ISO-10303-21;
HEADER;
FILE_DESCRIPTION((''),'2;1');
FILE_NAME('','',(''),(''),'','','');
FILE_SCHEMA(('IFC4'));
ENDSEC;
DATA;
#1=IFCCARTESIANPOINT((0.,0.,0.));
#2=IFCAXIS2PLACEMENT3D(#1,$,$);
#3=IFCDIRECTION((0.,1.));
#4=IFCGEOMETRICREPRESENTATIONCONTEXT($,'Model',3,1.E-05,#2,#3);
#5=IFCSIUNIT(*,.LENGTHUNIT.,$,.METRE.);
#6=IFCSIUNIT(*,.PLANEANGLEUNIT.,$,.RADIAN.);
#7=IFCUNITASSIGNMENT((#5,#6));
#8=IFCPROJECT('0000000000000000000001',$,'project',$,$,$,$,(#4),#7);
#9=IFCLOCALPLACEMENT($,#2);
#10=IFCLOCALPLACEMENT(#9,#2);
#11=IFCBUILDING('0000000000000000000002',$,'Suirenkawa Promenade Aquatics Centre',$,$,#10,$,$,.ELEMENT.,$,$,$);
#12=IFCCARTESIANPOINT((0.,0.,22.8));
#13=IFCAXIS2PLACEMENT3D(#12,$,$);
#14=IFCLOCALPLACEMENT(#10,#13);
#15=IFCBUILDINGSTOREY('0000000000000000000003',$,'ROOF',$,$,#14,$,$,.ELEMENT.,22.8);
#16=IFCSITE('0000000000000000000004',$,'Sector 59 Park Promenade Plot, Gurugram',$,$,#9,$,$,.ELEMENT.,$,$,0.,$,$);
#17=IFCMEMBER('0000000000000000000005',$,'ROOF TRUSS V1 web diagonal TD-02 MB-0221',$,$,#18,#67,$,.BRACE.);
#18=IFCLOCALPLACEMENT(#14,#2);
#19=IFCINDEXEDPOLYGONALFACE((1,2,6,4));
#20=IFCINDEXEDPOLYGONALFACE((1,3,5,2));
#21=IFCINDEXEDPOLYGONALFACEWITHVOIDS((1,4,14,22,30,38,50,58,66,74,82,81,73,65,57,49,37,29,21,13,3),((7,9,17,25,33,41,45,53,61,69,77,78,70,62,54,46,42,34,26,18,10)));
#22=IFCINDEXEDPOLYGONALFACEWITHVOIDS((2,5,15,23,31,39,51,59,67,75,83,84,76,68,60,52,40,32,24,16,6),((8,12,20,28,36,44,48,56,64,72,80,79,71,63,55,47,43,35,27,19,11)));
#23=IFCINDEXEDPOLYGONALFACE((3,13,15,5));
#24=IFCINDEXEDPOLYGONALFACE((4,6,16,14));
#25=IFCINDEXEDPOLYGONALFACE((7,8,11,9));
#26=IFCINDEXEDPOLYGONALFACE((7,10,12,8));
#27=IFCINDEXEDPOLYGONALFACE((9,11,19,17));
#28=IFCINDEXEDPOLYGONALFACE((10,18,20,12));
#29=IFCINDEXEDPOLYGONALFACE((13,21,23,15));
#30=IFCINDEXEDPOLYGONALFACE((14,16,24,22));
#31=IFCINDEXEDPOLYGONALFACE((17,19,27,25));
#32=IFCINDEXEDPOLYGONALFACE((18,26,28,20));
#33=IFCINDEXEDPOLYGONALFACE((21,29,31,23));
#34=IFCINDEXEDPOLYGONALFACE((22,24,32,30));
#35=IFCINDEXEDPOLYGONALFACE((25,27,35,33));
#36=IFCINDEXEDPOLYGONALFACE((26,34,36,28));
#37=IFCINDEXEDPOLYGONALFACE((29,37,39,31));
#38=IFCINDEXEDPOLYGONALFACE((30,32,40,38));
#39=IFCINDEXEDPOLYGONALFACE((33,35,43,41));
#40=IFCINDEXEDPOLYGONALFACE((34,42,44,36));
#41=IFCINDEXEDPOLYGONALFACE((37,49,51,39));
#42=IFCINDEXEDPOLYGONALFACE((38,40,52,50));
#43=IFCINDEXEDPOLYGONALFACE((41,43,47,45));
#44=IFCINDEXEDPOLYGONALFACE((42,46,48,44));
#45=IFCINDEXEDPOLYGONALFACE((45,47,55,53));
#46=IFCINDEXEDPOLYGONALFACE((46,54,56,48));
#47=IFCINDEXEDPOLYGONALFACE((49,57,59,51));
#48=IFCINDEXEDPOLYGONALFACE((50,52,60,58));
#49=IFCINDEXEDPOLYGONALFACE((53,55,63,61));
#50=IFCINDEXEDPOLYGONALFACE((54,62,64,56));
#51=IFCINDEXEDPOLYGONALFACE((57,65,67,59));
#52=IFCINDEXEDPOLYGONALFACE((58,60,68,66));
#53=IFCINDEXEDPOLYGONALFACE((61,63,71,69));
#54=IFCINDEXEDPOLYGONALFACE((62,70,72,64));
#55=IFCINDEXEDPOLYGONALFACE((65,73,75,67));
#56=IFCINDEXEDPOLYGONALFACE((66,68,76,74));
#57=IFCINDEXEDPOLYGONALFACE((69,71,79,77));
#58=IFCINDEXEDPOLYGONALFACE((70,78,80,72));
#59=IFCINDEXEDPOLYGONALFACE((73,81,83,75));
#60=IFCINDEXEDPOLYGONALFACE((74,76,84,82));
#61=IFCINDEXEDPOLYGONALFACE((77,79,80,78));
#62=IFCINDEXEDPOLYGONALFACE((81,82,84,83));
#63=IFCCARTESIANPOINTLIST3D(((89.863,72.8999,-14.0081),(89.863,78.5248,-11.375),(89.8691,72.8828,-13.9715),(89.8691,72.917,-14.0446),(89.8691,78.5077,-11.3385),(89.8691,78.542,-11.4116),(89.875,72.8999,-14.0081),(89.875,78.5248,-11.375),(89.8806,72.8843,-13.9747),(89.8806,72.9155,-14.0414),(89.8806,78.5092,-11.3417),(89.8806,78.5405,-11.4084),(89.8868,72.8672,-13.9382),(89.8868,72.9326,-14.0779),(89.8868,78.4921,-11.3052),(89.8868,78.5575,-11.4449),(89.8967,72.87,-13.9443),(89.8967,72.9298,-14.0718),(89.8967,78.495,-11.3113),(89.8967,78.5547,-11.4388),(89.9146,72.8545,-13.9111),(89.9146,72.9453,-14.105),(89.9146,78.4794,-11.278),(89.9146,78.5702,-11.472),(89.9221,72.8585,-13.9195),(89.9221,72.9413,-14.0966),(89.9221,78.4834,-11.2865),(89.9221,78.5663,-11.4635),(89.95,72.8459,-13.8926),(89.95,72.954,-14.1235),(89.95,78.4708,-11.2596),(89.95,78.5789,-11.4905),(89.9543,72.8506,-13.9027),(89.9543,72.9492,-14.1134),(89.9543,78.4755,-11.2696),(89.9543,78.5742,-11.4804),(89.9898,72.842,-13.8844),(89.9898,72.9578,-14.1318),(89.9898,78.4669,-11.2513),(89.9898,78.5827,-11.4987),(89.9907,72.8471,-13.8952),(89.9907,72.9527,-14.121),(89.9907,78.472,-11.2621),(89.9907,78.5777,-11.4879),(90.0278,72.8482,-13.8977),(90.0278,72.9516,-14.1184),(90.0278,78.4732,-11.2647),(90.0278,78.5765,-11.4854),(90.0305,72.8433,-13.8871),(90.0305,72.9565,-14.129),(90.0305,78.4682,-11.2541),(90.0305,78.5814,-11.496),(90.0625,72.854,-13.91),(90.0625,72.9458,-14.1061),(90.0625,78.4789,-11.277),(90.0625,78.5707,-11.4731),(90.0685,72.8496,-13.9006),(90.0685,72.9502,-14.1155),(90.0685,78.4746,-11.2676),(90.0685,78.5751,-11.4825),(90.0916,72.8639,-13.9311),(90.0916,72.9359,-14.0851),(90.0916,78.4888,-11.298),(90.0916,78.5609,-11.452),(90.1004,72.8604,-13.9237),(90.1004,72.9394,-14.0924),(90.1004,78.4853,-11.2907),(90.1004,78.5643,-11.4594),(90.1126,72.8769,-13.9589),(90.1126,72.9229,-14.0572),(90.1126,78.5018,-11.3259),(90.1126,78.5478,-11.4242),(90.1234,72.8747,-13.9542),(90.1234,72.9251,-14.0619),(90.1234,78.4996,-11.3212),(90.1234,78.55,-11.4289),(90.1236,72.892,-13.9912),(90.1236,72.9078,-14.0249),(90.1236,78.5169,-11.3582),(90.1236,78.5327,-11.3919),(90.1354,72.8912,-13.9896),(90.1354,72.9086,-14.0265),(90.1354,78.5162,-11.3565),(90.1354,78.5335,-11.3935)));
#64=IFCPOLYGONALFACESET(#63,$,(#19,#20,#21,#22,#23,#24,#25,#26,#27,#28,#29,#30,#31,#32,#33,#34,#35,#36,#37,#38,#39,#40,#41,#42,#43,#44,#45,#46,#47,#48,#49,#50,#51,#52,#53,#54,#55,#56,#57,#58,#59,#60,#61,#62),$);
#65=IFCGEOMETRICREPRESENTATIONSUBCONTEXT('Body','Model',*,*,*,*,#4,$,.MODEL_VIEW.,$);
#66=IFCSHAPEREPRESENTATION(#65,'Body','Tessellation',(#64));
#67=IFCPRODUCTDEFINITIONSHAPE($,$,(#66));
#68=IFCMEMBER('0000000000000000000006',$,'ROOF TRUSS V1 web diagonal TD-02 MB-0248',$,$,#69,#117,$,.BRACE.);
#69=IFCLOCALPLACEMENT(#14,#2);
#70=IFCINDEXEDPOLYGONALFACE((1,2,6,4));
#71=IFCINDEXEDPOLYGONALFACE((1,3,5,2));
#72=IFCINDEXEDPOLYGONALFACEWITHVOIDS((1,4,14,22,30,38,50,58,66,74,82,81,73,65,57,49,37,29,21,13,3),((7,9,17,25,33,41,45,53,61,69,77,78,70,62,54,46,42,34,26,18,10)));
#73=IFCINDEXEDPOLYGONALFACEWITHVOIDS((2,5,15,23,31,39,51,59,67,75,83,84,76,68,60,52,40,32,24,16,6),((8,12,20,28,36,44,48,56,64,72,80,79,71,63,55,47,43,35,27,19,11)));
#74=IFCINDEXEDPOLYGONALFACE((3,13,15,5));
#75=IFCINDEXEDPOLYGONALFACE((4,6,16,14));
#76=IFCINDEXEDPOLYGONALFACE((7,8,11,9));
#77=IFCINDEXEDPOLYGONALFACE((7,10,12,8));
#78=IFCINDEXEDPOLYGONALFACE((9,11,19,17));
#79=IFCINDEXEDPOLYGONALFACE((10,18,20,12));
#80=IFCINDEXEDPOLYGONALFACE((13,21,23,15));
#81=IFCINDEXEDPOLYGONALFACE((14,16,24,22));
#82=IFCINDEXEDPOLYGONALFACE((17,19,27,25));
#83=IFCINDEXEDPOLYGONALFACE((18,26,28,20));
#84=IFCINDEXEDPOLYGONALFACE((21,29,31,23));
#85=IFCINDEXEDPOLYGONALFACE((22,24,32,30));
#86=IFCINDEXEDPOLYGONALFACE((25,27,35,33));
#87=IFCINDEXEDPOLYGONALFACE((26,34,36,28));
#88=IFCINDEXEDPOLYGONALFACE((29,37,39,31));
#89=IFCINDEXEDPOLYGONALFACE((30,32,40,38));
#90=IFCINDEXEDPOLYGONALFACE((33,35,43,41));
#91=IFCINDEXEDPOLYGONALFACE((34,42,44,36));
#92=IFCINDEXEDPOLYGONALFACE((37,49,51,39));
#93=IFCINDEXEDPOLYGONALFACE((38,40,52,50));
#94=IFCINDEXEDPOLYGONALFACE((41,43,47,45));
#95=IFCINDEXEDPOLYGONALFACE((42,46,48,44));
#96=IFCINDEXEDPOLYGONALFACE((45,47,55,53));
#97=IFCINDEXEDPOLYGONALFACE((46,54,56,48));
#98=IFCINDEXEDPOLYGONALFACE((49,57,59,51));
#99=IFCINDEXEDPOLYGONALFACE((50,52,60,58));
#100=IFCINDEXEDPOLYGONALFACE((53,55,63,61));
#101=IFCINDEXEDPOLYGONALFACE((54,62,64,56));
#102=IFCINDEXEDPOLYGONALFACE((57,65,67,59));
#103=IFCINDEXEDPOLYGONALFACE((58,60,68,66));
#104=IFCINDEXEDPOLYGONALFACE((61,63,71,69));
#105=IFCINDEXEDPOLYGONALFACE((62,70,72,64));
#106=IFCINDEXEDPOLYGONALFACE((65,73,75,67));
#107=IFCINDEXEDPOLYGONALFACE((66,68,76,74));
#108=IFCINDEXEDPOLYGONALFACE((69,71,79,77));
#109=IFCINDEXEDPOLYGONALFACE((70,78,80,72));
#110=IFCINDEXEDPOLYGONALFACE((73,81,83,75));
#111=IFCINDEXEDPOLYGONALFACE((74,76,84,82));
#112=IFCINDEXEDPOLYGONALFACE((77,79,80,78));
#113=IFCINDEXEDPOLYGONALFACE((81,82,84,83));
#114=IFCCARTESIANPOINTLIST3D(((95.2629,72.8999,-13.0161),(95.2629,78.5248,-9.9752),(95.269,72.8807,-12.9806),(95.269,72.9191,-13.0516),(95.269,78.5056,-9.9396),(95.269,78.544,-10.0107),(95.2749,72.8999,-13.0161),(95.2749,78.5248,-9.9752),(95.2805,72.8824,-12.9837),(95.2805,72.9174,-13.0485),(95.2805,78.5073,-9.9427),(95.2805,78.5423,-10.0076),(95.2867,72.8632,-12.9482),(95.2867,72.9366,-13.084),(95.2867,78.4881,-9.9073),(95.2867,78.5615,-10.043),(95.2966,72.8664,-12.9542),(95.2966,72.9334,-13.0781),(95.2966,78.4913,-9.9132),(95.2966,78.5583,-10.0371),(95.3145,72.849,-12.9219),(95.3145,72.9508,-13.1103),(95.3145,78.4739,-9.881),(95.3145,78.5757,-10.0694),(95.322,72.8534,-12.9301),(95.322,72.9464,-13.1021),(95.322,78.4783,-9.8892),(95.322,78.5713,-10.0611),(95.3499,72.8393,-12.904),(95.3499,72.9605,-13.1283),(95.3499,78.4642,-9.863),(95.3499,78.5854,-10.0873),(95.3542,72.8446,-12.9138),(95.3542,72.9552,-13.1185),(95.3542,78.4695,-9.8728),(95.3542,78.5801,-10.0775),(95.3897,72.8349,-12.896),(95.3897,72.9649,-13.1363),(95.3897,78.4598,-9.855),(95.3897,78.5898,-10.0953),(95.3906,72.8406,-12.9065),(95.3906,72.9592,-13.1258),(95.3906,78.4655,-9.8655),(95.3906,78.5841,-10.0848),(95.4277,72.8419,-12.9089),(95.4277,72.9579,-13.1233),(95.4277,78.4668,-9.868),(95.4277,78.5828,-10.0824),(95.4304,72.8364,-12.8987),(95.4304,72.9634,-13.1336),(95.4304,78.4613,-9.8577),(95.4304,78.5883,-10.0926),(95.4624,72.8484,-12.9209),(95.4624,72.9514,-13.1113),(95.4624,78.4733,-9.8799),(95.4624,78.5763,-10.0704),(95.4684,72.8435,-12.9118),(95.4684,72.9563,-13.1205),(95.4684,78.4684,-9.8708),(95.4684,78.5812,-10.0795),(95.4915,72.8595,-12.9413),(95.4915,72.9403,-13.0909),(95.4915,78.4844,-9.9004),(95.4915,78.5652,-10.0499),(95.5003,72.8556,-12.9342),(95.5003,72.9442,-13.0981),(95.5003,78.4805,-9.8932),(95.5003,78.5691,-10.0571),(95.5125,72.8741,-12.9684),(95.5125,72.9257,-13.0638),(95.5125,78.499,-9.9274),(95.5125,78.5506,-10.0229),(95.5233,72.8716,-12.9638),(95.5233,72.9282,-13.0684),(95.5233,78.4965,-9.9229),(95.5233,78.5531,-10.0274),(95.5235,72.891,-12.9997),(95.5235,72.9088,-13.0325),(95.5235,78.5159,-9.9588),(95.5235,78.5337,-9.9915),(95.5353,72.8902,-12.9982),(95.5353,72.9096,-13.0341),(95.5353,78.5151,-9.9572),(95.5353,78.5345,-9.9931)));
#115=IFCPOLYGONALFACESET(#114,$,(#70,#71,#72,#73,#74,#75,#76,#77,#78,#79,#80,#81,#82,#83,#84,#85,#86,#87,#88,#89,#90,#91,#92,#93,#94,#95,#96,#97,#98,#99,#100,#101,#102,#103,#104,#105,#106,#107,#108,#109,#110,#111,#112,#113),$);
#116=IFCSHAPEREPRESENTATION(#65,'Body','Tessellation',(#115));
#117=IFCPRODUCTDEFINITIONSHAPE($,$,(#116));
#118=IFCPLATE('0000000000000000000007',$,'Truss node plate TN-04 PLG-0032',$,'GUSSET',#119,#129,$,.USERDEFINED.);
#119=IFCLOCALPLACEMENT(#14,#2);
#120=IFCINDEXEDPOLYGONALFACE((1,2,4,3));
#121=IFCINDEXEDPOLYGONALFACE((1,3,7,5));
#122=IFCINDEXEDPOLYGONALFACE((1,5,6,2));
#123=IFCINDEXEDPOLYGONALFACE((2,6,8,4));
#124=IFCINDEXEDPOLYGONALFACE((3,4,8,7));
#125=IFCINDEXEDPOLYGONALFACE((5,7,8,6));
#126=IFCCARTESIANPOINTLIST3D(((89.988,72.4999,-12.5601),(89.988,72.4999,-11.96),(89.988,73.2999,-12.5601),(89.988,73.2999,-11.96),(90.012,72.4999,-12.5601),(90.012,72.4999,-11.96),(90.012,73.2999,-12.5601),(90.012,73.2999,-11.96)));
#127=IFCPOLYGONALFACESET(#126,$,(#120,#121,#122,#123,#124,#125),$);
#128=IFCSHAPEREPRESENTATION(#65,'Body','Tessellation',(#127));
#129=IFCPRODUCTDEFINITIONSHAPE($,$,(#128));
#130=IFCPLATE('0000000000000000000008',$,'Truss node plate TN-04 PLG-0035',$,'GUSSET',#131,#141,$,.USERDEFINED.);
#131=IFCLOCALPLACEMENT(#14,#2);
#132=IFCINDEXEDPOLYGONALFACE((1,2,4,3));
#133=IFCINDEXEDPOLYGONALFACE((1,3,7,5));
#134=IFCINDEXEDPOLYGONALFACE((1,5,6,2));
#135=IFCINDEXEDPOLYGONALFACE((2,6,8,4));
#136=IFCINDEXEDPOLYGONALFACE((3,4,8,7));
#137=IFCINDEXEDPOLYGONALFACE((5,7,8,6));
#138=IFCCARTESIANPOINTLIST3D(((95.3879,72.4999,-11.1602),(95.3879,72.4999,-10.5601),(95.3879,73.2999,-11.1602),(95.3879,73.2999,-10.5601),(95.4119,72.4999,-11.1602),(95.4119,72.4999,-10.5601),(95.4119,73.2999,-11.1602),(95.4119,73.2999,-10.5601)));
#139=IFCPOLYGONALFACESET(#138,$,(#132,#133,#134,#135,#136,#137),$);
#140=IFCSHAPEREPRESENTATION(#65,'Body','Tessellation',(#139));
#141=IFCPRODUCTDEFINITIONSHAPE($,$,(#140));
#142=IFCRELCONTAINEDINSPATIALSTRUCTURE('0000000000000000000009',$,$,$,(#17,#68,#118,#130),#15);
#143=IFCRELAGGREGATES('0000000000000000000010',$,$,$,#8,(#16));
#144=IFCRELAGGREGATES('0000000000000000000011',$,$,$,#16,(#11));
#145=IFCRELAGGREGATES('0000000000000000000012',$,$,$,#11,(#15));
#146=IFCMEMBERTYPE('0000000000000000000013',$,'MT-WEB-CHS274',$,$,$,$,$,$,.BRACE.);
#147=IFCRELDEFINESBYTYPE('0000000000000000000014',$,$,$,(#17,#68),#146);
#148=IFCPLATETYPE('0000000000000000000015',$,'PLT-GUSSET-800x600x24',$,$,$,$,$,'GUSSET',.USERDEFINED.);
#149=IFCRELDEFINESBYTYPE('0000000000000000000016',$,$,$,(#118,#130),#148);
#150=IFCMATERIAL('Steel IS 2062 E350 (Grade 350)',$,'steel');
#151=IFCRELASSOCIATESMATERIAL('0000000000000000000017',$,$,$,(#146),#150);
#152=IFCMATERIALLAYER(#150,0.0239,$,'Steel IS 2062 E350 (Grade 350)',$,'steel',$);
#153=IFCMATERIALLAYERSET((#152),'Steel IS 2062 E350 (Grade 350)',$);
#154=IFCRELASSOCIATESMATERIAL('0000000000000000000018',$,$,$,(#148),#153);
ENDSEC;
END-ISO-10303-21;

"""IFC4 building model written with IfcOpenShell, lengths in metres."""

from ifc_helpers import new_model, si_unit, direction, frame, origin, origin_2d, place, context, subcontext, project, spatial, rectangle, hollow_circle, extrude, material, layer, layer_set, material_profile, profile_set, type_object, element, save


model = new_model("IFC4")

# Units and contexts
model_context = context("Model", 3, precision=1e-05, world=origin(), true_north=direction((0.0, 1.0)))
body_context = subcontext(model_context, "Body", "Model", "MODEL_VIEW")
ifc_project = project(units=[si_unit("LENGTHUNIT", "METRE"), si_unit("PLANEANGLEUNIT", "RADIAN")], contexts=[model_context])

# Site, building, storey
site_placement = place(None, origin())
site = spatial("IfcSite", under=ifc_project, at=site_placement, Name="Sector 59 Park Promenade Plot, Gurugram", CompositionType="ELEMENT", RefElevation=0.0)
building_placement = place(site_placement, origin())
building = spatial("IfcBuilding", under=site, at=building_placement, Name="Suirenkawa Promenade Aquatics Centre", CompositionType="ELEMENT")
storey_placement = place(building_placement, frame((0.0, 0.0, 22.8)))
storey = spatial("IfcBuildingStorey", under=building, at=storey_placement, Name="ROOF", CompositionType="ELEMENT", Elevation=22.8)

# Shared definitions
ifc_material = material(Name="Steel IS 2062 E350 (Grade 350)", Category="steel")

# Members
ifc_material_profile_1 = material_profile(ifc_material, hollow_circle(Radius=0.137, WallThickness=0.012, at=origin_2d()), Name="CHS 274x12", Category="steel")
ifc_profile_set_1 = profile_set([ifc_material_profile_1], Name="Steel IS 2062 E350 (Grade 350)")
member_type_1 = type_object("IfcMemberType", Name="MT-WEB-CHS274", PredefinedType="BRACE", material=ifc_profile_set_1)
member_1_placement = place(storey_placement, frame((90.0, 72.8999, -14.0081), z_axis=(0.0, 0.905685, 0.42395), x_axis=(-1.0, 0.0, 0.0)))
element("IfcMember", 1, at=member_1_placement, inside=storey, type_object=member_type_1, Name="ROOF TRUSS V1 web diagonal TD-02 MB-0221", PredefinedType="BRACE", context=body_context, shape_type="SweptSolid", body=[
    extrude(hollow_circle(Radius=0.137, WallThickness=0.012, at=origin_2d()), origin(), (0.0, 0.0, 1.0), 6.2107),
])
member_2_placement = place(storey_placement, frame((95.3999, 72.8999, -13.0161), z_axis=(0.0, 0.879675, 0.475575), x_axis=(-1.0, 0.0, 0.0)))
element("IfcMember", 2, at=member_2_placement, inside=storey, type_object=member_type_1, Name="ROOF TRUSS V1 web diagonal TD-02 MB-0248", PredefinedType="BRACE", context=body_context, shape_type="SweptSolid", body=[
    extrude(hollow_circle(Radius=0.137, WallThickness=0.012, at=origin_2d()), origin(), (0.0, 0.0, 1.0), 6.3943),
])

# Plates
ifc_layer = layer(ifc_material, 0.0239, Name="Steel IS 2062 E350 (Grade 350)", Category="steel")
ifc_layer_set = layer_set([ifc_layer], Name="Steel IS 2062 E350 (Grade 350)")
plate_type = type_object("IfcPlateType", Name="PLT-GUSSET-800x600x24", ElementType="GUSSET", PredefinedType="USERDEFINED", material=ifc_layer_set)
for number, where, z_axis, x_axis, name in (
    (3, (90.0, 72.8999, -12.5601), (0.0, 0.0, 1.0), (0.0, 1.0, 0.0), "Truss node plate TN-04 PLG-0032"),
    (4, (95.3999, 72.8999, -11.1602), (0.0, 0.0, 1.0), (0.0, 1.0, 0.0), "Truss node plate TN-04 PLG-0035"),
):
    element("IfcPlate", number, at=place(storey_placement, frame(where, z_axis=z_axis, x_axis=x_axis)), inside=storey, type_object=plate_type, Name=name, ObjectType="GUSSET", PredefinedType="USERDEFINED", context=body_context, shape_type="SweptSolid", body=[
        extrude(rectangle(XDim=0.8, YDim=0.0239, at=origin_2d()), origin(), (0.0, 0.0, 1.0), 0.6001),
    ])

save(model, "model.ifc")
